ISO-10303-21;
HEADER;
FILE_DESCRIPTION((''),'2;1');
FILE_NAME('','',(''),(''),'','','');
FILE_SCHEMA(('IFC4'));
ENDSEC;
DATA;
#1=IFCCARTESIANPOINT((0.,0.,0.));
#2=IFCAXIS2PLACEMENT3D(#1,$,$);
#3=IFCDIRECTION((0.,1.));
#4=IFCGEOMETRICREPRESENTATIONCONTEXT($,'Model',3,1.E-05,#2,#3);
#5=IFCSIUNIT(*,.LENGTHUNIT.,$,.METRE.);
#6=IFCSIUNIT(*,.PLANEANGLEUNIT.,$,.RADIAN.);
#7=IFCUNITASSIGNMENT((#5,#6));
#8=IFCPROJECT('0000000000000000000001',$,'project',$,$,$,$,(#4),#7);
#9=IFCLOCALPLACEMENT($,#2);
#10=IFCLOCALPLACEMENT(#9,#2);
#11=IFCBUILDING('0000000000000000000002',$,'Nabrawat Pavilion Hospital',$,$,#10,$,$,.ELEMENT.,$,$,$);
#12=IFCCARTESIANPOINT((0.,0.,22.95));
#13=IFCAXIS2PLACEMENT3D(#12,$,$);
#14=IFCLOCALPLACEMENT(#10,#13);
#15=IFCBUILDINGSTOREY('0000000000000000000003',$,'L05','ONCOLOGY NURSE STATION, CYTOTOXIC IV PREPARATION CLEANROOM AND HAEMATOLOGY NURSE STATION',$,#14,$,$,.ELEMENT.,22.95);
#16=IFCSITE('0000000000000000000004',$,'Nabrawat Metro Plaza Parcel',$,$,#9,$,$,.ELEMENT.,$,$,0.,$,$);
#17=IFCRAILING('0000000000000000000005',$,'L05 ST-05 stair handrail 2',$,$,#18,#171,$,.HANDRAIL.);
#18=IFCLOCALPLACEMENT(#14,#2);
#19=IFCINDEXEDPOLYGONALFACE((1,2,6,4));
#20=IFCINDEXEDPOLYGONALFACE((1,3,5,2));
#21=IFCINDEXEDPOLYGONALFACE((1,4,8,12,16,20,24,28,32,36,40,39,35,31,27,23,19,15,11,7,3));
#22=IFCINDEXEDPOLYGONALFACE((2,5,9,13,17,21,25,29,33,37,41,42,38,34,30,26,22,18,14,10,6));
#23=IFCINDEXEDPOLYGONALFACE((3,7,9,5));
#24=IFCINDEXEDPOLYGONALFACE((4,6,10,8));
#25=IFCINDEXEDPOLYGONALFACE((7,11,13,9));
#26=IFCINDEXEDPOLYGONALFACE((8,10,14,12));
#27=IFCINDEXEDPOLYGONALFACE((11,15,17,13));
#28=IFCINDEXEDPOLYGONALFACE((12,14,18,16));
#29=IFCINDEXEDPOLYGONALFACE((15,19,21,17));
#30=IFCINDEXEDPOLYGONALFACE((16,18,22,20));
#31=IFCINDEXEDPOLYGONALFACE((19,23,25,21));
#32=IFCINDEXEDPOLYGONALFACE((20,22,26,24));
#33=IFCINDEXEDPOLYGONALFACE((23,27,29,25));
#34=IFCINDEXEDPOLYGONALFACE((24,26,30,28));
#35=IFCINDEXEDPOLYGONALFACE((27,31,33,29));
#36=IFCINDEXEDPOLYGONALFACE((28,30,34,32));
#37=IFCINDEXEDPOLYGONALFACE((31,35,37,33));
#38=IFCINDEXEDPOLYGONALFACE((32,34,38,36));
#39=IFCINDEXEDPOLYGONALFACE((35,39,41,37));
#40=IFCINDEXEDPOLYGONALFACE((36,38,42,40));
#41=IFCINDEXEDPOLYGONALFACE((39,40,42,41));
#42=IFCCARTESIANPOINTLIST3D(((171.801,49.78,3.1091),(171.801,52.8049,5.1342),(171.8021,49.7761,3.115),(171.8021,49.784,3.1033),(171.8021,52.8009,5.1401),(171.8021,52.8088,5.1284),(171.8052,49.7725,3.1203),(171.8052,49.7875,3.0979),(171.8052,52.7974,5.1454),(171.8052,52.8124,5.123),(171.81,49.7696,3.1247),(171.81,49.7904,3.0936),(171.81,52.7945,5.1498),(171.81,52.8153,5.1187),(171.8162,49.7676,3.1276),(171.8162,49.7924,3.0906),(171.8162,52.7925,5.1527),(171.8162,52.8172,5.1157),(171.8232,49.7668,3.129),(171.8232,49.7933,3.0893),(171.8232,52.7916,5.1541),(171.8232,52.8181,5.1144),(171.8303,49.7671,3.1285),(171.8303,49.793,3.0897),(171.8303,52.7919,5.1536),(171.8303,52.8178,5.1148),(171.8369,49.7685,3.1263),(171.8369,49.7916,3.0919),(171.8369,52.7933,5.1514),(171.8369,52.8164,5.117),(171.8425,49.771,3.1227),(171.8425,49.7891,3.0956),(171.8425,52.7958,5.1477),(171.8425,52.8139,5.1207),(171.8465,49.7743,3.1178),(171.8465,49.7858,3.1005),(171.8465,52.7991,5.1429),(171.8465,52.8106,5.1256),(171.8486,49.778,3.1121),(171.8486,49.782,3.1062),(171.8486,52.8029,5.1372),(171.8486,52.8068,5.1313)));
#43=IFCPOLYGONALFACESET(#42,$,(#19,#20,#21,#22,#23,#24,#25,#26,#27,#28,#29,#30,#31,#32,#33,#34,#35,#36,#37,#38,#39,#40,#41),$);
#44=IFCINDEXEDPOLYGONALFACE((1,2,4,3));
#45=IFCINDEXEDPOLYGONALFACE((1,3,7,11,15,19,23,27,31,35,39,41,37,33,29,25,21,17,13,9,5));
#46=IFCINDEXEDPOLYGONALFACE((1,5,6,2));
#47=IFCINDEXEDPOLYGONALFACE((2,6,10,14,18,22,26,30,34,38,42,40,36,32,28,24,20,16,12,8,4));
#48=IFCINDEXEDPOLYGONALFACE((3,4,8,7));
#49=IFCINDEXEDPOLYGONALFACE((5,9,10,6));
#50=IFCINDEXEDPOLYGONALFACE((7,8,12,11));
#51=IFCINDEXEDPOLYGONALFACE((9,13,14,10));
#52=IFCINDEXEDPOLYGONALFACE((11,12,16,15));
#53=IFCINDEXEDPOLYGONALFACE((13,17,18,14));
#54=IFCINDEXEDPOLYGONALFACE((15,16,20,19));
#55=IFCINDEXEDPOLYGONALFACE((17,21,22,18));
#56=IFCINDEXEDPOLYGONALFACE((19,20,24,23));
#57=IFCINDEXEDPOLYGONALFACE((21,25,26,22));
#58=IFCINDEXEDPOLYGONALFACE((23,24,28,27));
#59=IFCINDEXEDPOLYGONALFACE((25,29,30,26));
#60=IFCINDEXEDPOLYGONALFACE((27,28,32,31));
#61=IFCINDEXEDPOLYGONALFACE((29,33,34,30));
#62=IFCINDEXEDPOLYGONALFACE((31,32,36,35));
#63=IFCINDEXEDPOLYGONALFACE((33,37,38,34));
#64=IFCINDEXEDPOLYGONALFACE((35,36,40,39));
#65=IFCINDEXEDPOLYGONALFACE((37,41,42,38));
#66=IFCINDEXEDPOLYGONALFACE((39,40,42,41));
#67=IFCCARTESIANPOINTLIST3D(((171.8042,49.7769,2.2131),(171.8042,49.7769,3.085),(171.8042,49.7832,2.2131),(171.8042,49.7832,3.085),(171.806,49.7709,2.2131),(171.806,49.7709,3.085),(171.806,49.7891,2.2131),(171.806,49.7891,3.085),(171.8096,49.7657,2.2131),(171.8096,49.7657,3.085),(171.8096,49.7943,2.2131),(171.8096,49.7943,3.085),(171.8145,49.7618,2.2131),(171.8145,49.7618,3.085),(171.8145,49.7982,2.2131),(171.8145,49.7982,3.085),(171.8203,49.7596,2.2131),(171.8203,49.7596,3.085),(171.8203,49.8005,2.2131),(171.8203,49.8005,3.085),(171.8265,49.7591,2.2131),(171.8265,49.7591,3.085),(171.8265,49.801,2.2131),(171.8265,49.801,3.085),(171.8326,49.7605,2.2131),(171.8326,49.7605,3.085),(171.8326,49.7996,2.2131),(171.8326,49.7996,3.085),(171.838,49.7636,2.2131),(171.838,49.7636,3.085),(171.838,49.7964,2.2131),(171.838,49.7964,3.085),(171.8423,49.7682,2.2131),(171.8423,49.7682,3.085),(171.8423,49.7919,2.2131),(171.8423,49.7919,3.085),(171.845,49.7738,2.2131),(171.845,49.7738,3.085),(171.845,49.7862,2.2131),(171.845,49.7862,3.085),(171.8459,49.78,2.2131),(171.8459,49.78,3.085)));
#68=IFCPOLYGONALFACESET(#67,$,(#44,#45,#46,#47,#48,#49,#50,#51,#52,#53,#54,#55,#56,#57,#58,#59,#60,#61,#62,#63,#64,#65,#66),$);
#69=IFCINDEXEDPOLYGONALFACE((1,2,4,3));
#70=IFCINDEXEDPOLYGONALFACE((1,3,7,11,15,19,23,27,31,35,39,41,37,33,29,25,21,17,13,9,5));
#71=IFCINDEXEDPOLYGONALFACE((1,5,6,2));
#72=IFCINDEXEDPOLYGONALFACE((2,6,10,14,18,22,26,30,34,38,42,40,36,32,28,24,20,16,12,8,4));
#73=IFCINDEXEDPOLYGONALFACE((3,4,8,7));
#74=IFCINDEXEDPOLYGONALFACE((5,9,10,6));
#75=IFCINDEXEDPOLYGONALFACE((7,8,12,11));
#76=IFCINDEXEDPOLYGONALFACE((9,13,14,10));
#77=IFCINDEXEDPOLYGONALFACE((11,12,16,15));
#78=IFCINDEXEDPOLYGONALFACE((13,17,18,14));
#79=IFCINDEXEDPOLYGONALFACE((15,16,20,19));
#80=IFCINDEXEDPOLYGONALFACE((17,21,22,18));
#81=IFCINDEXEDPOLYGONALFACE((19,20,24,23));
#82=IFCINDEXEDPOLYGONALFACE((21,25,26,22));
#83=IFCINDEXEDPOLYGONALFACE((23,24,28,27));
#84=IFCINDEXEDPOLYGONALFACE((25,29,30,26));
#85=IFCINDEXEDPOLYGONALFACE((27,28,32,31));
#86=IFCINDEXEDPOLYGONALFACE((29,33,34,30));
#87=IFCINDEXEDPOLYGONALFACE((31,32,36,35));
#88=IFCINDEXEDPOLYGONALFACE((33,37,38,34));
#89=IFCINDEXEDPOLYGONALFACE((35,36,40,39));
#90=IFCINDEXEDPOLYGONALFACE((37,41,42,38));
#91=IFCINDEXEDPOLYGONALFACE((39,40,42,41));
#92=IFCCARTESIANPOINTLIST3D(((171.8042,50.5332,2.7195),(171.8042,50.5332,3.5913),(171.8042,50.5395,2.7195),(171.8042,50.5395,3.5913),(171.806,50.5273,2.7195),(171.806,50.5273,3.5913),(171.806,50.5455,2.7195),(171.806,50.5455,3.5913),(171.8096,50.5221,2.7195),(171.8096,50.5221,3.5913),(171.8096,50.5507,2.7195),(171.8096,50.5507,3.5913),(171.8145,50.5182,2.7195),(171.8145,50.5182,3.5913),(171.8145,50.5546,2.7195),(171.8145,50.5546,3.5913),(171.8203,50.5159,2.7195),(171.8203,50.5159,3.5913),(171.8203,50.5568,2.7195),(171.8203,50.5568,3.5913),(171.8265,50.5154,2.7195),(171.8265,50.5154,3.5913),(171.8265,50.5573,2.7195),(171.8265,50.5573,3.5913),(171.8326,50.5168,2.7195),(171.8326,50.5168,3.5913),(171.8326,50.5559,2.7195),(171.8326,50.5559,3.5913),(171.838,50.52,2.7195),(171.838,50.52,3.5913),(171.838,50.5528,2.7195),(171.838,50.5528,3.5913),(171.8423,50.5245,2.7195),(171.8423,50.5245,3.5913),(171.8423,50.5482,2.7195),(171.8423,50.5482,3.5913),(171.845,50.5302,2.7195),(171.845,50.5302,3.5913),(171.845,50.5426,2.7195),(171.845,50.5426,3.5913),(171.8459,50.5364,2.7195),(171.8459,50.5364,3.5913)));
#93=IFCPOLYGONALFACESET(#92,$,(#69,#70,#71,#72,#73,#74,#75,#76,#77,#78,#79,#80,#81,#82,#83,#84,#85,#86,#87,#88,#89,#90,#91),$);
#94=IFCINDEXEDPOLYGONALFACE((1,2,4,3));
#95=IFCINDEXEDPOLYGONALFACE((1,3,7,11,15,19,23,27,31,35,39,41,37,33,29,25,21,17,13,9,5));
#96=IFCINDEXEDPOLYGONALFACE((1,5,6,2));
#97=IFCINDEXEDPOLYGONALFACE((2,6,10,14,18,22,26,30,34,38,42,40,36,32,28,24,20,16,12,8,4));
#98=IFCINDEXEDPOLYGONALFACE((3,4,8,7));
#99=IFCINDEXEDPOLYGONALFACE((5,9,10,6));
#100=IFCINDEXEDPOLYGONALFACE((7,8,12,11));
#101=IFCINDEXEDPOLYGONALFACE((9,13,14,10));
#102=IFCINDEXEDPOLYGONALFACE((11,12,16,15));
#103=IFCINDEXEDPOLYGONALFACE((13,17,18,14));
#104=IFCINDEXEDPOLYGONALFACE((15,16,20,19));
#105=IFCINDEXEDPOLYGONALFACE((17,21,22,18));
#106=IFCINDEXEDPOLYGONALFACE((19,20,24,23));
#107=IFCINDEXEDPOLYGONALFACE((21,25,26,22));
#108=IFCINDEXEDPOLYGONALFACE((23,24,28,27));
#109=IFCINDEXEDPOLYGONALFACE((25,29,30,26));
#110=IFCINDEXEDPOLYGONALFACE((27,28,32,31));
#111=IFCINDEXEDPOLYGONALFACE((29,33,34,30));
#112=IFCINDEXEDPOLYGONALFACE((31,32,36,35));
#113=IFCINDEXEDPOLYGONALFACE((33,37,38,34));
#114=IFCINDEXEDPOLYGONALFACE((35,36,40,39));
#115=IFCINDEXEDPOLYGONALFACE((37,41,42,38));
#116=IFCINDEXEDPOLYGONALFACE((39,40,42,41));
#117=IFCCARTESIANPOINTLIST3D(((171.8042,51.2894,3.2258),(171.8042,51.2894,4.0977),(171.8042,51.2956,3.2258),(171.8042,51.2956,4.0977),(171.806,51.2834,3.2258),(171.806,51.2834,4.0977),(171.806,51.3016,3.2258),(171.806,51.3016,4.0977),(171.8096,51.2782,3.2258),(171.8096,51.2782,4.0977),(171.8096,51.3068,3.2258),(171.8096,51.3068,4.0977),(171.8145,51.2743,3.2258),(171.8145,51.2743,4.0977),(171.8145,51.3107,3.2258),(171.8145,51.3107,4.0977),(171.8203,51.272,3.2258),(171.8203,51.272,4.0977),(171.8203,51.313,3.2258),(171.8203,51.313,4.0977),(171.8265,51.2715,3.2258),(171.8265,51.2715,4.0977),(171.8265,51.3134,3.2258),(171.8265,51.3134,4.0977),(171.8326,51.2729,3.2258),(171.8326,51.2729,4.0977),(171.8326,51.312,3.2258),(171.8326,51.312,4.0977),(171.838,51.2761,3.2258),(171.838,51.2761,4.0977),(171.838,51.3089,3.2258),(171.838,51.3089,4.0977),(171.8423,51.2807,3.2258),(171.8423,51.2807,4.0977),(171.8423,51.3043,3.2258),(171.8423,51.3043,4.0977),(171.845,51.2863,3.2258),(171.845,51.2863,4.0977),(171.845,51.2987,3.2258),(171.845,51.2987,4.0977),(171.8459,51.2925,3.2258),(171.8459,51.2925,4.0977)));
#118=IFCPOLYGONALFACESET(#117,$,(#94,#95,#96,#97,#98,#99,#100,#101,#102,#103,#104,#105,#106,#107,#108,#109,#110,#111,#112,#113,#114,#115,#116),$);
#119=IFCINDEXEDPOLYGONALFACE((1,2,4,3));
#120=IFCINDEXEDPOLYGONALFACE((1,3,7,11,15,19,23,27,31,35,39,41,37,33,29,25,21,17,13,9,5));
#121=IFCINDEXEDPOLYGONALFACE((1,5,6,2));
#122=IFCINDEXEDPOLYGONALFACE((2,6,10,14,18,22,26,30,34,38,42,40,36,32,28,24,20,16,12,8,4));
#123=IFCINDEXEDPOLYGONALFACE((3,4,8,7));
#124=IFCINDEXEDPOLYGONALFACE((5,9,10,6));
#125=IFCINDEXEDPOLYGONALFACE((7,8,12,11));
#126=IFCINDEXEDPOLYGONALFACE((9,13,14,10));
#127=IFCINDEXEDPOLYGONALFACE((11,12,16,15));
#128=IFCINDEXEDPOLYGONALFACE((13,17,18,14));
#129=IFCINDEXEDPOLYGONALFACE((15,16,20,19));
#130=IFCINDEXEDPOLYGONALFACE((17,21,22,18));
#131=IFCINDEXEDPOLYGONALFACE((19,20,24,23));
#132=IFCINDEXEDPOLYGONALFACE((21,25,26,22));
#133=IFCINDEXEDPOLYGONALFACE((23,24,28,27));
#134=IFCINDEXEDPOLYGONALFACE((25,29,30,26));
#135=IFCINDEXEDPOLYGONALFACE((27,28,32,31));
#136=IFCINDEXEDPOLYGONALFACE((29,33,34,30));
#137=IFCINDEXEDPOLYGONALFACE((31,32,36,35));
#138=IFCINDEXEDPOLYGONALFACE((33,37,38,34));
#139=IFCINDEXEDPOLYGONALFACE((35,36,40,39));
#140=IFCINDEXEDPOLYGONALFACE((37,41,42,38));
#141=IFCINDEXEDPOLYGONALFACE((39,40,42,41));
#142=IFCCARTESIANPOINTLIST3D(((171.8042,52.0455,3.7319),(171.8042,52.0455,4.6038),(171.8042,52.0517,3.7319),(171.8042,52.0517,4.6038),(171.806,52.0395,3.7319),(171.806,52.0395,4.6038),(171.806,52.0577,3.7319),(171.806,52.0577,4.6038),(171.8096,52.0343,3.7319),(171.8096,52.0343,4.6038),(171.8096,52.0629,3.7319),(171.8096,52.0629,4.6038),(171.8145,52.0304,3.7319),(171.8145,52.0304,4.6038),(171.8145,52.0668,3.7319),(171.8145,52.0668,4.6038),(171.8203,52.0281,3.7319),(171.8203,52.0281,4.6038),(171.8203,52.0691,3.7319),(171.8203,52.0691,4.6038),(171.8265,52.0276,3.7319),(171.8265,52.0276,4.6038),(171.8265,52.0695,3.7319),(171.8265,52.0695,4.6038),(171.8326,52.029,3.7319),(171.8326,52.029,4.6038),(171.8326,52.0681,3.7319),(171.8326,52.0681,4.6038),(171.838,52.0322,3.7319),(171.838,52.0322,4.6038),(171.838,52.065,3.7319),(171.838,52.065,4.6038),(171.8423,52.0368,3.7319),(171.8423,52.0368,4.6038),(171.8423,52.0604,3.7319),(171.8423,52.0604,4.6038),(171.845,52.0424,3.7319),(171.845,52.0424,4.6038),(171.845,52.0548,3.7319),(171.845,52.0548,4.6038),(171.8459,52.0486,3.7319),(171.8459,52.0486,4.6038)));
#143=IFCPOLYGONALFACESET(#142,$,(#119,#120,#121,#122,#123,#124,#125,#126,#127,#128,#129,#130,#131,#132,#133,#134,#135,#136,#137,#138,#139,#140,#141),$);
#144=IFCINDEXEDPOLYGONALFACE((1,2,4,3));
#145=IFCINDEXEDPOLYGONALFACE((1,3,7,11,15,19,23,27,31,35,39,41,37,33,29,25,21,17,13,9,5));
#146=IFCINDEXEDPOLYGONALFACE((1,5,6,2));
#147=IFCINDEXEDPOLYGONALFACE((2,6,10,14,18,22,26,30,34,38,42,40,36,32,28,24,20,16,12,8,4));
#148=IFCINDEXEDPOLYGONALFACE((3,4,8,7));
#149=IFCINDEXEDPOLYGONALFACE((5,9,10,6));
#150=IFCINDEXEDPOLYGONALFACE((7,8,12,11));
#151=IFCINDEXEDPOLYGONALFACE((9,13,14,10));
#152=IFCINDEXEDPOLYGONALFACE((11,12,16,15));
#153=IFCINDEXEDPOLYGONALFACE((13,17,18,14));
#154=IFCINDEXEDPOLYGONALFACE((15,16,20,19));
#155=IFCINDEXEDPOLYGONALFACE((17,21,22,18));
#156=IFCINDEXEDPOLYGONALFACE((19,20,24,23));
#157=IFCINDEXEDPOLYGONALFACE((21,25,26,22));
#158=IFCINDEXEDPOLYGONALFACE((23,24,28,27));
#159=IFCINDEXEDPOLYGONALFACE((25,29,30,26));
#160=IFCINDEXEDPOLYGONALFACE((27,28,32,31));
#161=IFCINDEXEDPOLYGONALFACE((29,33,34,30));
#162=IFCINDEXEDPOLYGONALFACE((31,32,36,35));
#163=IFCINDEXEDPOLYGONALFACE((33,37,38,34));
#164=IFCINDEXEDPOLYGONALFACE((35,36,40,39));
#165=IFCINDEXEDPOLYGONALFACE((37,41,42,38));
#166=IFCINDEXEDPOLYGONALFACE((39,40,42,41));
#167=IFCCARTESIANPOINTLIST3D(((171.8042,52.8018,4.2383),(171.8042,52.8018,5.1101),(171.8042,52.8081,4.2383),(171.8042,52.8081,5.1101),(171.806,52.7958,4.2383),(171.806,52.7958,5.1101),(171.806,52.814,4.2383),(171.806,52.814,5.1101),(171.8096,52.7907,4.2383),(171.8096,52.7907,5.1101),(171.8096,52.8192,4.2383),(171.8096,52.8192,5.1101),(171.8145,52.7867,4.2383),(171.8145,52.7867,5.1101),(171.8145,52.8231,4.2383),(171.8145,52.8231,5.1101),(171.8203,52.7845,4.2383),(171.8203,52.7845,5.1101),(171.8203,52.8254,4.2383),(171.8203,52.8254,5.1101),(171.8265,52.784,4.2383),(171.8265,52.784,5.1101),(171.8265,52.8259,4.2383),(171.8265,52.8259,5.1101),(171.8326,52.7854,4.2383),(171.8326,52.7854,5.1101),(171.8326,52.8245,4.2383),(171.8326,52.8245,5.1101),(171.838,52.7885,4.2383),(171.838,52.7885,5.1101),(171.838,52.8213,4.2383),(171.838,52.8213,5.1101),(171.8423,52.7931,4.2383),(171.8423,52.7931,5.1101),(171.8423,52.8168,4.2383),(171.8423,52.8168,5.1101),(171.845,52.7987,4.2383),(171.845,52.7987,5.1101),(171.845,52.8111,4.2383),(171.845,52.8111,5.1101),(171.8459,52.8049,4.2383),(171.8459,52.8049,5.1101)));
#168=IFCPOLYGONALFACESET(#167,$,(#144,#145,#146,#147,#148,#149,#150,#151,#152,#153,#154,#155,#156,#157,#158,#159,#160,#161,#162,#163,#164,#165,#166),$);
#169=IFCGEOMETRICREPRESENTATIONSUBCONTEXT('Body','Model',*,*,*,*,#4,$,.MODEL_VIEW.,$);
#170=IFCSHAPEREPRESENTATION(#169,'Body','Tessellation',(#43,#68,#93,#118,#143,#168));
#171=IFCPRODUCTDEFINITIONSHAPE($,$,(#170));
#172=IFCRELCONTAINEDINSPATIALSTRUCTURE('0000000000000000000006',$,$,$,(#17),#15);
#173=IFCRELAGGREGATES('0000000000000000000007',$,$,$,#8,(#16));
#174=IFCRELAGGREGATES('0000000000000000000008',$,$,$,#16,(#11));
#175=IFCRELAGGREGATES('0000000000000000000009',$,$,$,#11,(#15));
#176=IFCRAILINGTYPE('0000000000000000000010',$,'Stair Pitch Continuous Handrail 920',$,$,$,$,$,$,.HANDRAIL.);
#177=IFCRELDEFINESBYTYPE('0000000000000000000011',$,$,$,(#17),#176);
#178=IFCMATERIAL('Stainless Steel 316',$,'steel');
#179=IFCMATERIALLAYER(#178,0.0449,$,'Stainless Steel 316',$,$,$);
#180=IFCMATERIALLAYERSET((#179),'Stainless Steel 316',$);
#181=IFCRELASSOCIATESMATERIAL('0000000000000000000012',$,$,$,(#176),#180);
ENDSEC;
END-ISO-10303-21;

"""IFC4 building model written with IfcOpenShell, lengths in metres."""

from ifc_helpers import new_model, si_unit, direction, frame, origin, origin_2d, place, context, subcontext, project, spatial, circle, extrude, material, layer, layer_set, type_object, element, save


model = new_model("IFC4")

# Units and contexts
model_context = context("Model", 3, precision=1e-05, world=origin(), true_north=direction((0.0, 1.0)))
body_context = subcontext(model_context, "Body", "Model", "MODEL_VIEW")
ifc_project = project(units=[si_unit("LENGTHUNIT", "METRE"), si_unit("PLANEANGLEUNIT", "RADIAN")], contexts=[model_context])

# Site, building, storey
site_placement = place(None, origin())
site = spatial("IfcSite", under=ifc_project, at=site_placement, Name="Nabrawat Metro Plaza Parcel", CompositionType="ELEMENT", RefElevation=0.0)
building_placement = place(site_placement, origin())
building = spatial("IfcBuilding", under=site, at=building_placement, Name="Nabrawat Pavilion Hospital", CompositionType="ELEMENT")
storey_placement = place(building_placement, frame((0.0, 0.0, 22.95)))
storey = spatial("IfcBuildingStorey", under=building, at=storey_placement, Name="L05", Description="ONCOLOGY NURSE STATION, CYTOTOXIC IV PREPARATION CLEANROOM AND HAEMATOLOGY NURSE STATION", CompositionType="ELEMENT", Elevation=22.95)

# Railing
ifc_material_1 = material(Name="Stainless Steel 316", Category="steel")
ifc_layer_1 = layer(ifc_material_1, 0.0449, Name="Stainless Steel 316")
ifc_layer_set_1 = layer_set([ifc_layer_1], Name="Stainless Steel 316")
railing_type_1 = type_object("IfcRailingType", Name="Stair Pitch Continuous Handrail 920", PredefinedType="HANDRAIL", material=ifc_layer_set_1)
railing_1_placement = place(storey_placement, frame((171.825, 49.78, 2.2131)))
element("IfcRailing", 1, at=railing_1_placement, inside=storey, type_object=railing_type_1, Name="L05 ST-05 stair handrail 2", PredefinedType="HANDRAIL", context=body_context, shape_type="SweptSolid", body=[
    extrude(circle(Radius=0.0239, at=origin_2d()), frame((0.0, 0.0, 0.896), z_axis=(0.0, 0.830965, 0.556324), x_axis=(-1.0, 0.0, 0.0)), (0.0, 0.0, 1.0), 3.6401),
    extrude(circle(Radius=0.021, at=origin_2d()), origin(), (0.0, 0.0, 1.0), 0.8718),
    extrude(circle(Radius=0.021, at=origin_2d()), frame((0.0, 0.7563, 0.5063)), (0.0, 0.0, 1.0), 0.8718),
    extrude(circle(Radius=0.021, at=origin_2d()), frame((0.0, 1.5125, 1.0127)), (0.0, 0.0, 1.0), 0.8718),
    extrude(circle(Radius=0.021, at=origin_2d()), frame((0.0, 2.2686, 1.5188)), (0.0, 0.0, 1.0), 0.8718),
    extrude(circle(Radius=0.021, at=origin_2d()), frame((0.0, 3.0249, 2.0251)), (0.0, 0.0, 1.0), 0.8718),
])

save(model, "model.ifc")
